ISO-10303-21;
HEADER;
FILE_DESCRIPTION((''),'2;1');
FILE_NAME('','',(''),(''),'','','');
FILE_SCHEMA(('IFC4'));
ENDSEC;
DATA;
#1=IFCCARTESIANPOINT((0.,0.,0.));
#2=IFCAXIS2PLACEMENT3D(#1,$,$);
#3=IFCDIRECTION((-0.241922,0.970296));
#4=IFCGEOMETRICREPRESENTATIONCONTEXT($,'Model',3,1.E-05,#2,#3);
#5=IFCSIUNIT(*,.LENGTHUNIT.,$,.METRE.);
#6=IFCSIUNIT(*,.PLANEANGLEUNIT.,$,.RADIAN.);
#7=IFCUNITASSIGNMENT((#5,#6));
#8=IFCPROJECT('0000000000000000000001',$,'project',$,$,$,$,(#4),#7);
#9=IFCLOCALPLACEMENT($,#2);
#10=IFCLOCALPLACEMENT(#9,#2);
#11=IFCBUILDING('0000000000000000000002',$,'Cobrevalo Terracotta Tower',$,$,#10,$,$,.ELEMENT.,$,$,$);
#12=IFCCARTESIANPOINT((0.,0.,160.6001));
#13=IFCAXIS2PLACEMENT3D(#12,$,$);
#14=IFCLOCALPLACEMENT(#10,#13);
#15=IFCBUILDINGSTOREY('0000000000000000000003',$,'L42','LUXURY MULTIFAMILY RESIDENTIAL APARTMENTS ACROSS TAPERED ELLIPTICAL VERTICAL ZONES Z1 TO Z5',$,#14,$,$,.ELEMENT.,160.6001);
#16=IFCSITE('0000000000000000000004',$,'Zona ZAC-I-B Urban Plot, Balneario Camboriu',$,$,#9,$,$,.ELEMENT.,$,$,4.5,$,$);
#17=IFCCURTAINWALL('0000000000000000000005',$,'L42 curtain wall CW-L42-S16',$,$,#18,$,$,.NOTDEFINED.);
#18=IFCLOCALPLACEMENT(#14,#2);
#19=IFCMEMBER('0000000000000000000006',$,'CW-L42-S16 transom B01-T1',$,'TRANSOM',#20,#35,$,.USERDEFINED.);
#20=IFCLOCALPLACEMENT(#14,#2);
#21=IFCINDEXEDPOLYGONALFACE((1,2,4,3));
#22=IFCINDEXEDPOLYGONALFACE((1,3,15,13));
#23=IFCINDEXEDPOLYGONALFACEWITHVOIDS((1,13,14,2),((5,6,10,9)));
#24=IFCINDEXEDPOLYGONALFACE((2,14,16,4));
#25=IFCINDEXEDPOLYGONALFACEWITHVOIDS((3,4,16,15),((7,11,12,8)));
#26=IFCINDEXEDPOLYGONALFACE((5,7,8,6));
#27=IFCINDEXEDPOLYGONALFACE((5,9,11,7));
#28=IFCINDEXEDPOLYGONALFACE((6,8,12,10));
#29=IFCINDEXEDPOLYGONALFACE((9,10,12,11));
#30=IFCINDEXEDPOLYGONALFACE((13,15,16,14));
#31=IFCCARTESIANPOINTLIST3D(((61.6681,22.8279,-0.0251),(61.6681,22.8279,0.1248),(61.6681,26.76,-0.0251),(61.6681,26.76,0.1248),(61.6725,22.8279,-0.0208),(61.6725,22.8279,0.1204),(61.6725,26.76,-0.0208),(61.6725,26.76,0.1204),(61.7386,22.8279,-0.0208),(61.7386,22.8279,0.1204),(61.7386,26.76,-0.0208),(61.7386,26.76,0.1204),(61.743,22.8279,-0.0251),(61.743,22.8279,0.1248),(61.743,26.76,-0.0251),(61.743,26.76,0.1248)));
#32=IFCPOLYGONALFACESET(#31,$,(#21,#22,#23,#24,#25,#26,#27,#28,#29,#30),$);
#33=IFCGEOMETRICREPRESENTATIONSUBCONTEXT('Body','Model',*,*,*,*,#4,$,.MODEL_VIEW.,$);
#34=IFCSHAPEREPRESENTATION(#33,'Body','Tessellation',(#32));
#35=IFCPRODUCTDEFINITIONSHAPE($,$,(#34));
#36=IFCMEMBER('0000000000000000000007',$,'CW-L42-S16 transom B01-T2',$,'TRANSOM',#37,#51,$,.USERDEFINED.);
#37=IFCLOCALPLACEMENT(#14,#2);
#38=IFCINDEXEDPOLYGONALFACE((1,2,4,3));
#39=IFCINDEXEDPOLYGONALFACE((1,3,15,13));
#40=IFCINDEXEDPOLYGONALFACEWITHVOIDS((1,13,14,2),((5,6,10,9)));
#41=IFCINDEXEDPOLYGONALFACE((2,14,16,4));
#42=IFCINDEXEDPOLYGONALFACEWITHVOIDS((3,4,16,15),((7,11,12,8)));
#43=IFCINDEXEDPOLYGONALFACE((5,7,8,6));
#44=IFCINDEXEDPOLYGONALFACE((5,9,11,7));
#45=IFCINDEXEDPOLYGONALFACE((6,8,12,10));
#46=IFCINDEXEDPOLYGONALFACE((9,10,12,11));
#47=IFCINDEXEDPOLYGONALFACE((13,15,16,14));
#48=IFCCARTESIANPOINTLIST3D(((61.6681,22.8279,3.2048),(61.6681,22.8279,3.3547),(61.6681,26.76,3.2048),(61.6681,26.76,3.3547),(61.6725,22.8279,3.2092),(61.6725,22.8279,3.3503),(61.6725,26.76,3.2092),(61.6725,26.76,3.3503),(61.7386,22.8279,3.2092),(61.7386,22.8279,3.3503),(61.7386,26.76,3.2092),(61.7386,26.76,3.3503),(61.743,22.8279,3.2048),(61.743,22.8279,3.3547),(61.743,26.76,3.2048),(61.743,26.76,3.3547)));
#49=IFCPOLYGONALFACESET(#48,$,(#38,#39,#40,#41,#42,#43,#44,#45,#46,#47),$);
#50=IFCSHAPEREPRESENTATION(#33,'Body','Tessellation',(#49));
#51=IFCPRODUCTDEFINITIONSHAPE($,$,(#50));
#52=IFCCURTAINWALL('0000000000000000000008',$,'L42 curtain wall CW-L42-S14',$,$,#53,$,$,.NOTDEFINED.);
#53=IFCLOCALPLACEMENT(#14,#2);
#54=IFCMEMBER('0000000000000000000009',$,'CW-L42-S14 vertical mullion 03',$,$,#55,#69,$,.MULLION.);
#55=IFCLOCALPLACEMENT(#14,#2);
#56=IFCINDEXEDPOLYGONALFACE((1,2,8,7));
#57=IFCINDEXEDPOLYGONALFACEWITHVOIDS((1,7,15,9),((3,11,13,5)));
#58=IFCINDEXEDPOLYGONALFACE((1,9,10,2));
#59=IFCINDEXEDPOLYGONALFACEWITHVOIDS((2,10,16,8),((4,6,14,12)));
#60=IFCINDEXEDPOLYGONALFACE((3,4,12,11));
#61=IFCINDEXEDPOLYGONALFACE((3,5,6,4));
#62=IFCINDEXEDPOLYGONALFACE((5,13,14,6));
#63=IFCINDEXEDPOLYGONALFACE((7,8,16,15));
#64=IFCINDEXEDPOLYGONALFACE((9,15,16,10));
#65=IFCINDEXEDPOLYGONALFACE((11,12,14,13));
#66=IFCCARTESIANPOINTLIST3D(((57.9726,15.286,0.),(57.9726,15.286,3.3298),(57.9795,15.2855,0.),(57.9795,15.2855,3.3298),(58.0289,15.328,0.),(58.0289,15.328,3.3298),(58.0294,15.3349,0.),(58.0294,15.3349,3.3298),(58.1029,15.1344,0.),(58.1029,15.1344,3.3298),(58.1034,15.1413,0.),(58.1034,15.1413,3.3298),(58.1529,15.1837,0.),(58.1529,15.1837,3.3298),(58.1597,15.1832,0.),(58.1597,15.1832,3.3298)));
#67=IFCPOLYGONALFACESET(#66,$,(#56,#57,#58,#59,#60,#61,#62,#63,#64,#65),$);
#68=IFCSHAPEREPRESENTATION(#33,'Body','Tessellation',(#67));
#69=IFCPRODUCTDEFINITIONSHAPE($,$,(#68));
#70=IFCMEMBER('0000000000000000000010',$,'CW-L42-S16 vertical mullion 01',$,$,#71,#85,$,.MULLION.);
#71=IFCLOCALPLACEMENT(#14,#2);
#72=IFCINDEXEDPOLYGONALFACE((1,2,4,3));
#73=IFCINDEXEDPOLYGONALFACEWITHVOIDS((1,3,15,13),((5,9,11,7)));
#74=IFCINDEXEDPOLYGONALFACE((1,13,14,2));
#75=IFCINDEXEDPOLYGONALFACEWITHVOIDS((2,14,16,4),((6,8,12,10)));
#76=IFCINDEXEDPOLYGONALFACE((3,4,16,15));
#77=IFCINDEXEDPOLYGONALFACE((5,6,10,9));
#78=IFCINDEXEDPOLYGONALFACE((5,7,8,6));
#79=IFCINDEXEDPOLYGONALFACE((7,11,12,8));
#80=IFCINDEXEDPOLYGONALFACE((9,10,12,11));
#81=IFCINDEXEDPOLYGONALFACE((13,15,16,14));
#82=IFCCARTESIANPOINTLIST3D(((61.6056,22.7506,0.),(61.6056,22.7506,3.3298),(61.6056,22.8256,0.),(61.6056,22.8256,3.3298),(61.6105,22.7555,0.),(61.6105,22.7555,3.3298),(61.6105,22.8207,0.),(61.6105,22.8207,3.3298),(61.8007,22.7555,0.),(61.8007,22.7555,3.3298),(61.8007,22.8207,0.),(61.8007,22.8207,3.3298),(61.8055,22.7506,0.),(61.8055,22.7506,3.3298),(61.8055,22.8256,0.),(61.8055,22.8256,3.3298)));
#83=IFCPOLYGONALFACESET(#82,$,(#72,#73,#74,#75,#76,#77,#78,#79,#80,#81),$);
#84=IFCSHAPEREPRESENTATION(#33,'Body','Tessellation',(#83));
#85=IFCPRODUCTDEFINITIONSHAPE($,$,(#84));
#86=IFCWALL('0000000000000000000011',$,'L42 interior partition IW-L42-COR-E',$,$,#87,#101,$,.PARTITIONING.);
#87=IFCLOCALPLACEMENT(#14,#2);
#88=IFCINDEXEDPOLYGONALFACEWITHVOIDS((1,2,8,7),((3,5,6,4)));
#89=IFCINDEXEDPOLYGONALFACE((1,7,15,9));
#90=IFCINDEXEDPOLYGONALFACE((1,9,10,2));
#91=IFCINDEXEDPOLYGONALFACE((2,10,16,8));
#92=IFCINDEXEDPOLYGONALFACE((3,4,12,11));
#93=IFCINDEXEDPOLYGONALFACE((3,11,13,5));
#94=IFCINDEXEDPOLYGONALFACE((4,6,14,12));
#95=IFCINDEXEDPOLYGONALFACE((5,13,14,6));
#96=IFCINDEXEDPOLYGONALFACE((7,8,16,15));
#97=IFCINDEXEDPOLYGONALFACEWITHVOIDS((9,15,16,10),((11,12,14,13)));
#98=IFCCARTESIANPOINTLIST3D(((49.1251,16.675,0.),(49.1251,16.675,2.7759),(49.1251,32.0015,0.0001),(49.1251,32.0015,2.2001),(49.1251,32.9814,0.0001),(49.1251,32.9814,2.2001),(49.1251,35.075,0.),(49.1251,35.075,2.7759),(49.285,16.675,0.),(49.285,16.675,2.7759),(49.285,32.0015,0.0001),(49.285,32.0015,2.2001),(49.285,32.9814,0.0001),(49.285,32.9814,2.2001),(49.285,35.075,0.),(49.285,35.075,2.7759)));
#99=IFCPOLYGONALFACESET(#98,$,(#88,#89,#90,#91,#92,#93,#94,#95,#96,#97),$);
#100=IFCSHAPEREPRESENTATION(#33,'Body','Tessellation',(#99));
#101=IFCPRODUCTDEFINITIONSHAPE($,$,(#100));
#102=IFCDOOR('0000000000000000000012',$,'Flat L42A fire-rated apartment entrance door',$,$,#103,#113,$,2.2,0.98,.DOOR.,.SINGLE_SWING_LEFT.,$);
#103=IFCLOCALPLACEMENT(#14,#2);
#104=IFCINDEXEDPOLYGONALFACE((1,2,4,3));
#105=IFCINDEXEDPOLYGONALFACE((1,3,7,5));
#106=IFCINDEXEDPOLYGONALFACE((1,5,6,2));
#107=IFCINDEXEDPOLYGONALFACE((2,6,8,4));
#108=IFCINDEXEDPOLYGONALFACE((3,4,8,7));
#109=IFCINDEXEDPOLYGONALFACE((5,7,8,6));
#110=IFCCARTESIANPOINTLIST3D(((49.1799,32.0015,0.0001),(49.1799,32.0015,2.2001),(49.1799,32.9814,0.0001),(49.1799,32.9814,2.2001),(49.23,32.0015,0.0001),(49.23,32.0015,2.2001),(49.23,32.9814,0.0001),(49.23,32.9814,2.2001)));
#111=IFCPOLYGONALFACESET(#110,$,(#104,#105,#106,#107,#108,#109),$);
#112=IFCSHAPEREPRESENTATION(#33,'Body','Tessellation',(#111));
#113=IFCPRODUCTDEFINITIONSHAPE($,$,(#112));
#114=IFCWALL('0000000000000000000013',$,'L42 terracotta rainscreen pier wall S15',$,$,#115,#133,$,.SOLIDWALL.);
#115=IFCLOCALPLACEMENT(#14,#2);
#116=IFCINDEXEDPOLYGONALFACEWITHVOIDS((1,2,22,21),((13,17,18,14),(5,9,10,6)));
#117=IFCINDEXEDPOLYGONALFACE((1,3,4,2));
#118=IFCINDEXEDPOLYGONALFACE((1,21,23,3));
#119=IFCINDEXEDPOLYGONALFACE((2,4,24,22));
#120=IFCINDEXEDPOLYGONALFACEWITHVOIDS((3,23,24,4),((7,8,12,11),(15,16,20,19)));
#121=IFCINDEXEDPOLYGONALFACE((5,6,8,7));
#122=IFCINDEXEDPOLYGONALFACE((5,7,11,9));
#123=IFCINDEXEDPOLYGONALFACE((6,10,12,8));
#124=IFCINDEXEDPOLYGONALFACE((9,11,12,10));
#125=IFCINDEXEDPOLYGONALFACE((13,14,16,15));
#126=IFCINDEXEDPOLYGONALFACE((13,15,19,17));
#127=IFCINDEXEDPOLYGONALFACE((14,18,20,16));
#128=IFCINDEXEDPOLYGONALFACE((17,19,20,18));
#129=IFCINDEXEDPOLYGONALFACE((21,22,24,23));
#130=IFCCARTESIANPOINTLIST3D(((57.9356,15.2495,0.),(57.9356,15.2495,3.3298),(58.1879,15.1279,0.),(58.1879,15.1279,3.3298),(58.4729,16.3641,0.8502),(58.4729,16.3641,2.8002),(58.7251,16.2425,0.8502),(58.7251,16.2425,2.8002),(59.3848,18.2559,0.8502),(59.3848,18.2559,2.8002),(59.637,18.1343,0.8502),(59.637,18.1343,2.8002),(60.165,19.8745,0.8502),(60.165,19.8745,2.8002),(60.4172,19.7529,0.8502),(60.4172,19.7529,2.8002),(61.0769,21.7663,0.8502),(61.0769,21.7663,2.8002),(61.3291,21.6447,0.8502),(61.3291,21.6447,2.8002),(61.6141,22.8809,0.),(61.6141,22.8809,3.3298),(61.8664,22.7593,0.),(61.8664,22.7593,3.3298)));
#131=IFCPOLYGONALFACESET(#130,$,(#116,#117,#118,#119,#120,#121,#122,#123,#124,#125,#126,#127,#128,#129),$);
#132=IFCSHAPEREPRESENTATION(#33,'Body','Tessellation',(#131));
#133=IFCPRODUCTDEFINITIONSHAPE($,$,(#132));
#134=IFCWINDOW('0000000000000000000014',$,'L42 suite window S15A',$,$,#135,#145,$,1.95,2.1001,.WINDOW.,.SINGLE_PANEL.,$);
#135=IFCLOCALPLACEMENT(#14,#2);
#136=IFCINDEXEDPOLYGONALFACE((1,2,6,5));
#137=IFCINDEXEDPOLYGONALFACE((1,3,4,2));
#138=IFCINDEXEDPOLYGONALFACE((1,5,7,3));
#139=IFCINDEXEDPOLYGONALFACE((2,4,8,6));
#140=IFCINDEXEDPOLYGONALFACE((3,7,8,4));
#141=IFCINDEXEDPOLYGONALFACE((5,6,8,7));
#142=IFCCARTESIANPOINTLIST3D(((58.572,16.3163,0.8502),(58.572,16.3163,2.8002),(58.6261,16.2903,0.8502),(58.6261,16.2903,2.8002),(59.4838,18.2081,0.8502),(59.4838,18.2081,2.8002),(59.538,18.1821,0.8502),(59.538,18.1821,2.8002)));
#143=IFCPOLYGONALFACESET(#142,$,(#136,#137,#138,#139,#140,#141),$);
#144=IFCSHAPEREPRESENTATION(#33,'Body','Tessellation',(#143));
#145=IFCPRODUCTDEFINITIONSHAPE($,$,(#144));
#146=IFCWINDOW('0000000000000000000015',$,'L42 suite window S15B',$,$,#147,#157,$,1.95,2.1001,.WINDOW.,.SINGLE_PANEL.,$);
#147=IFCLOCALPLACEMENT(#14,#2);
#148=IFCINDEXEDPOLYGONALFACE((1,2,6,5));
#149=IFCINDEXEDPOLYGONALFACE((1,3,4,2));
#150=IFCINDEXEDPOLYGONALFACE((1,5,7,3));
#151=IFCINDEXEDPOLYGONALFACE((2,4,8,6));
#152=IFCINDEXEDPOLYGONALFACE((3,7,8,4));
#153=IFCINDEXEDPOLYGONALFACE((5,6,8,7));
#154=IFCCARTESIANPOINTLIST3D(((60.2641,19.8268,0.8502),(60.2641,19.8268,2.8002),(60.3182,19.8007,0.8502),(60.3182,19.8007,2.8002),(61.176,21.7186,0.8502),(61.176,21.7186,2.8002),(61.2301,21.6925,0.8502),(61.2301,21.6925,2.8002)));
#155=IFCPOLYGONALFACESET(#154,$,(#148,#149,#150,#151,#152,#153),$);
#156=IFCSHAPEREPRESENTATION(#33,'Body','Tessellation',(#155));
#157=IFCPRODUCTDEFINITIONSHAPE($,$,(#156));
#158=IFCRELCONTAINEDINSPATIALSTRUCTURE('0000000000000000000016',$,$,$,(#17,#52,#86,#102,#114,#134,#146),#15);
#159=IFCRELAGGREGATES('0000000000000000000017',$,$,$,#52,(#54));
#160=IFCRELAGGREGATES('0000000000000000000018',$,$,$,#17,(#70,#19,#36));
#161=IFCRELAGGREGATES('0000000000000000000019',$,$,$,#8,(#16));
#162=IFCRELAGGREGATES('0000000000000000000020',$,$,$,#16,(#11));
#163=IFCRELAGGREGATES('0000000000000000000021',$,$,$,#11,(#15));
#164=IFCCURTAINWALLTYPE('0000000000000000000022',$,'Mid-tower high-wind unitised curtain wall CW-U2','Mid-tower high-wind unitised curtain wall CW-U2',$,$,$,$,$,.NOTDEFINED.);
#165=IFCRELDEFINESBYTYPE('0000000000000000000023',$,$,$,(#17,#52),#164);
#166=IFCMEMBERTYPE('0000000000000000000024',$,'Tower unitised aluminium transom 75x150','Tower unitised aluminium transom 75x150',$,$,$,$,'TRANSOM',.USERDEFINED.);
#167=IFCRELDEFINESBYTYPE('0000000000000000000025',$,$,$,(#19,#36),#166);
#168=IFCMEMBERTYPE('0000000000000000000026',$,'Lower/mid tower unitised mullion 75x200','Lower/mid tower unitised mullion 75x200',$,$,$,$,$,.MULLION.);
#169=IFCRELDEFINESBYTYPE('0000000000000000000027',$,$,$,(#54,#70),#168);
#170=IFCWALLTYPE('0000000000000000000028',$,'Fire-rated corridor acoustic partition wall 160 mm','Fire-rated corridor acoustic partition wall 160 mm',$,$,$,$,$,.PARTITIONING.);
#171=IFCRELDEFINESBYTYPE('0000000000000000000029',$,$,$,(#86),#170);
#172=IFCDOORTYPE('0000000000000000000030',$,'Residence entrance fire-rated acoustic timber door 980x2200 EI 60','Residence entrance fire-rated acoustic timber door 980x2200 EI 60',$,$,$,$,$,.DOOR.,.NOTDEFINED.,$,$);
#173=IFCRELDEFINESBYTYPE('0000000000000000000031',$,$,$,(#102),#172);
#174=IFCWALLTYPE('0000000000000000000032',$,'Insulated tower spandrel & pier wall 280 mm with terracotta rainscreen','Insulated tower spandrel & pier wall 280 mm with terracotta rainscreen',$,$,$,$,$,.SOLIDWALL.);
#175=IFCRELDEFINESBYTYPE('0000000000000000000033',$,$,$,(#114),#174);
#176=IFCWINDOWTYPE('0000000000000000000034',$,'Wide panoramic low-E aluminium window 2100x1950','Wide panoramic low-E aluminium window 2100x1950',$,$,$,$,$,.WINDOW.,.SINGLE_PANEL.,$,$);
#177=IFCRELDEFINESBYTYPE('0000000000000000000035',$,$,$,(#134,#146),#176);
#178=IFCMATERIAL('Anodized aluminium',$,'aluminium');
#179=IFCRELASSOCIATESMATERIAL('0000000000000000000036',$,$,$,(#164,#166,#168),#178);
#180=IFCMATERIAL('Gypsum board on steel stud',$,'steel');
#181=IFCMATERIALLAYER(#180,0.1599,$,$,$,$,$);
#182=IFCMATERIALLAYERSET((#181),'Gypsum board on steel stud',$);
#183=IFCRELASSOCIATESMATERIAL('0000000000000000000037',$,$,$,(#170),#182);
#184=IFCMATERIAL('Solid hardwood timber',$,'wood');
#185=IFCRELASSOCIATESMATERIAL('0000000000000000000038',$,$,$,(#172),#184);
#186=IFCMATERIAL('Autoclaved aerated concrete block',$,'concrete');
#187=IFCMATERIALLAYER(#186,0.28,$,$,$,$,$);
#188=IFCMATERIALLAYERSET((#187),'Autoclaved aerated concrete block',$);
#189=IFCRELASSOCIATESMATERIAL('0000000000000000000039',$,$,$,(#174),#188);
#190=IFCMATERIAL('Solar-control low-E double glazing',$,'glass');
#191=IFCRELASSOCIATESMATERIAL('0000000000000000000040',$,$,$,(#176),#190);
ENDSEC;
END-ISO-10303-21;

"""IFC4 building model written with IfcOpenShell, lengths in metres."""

from ifc_helpers import new_model, si_unit, direction, frame, frame_2d, origin, origin_2d, place, context, subcontext, project, spatial, rectangle, hollow_rectangle, extrude, source, transform, mapped, material, layer, layer_set, material_profile, profile_set, type_object, element, fill, aggregate, save


model = new_model("IFC4")

# Units and contexts
model_context = context("Model", 3, precision=1e-05, world=origin(), true_north=direction((-0.241922, 0.970296)))
body_context = subcontext(model_context, "Body", "Model", "MODEL_VIEW")
ifc_project = project(units=[si_unit("LENGTHUNIT", "METRE"), si_unit("PLANEANGLEUNIT", "RADIAN")], contexts=[model_context])

# Site, building, storey
site_placement = place(None, origin())
site = spatial("IfcSite", under=ifc_project, at=site_placement, Name="Zona ZAC-I-B Urban Plot, Balneario Camboriu", CompositionType="ELEMENT", RefElevation=4.5)
building_placement = place(site_placement, origin())
building = spatial("IfcBuilding", under=site, at=building_placement, Name="Cobrevalo Terracotta Tower", CompositionType="ELEMENT")
storey_placement = place(building_placement, frame((0.0, 0.0, 160.6001)))
storey = spatial("IfcBuildingStorey", under=building, at=storey_placement, Name="L42", Description="LUXURY MULTIFAMILY RESIDENTIAL APARTMENTS ACROSS TAPERED ELLIPTICAL VERTICAL ZONES Z1 TO Z5", CompositionType="ELEMENT", Elevation=160.6001)

# Curtain wall, members
ifc_material_1 = material(Name="Anodized aluminium", Category="aluminium")
curtain_wall_type = type_object("IfcCurtainWallType", Name="Mid-tower high-wind unitised curtain wall CW-U2", Description="Mid-tower high-wind unitised curtain wall CW-U2", PredefinedType="NOTDEFINED", material=ifc_material_1)
curtain_wall_1_placement = place(storey_placement, origin())
curtain_wall_1 = element("IfcCurtainWall", 1, at=curtain_wall_1_placement, inside=storey, type_object=curtain_wall_type, Name="L42 curtain wall CW-L42-S16", PredefinedType="NOTDEFINED")
ifc_material_profile_1 = material_profile(ifc_material_1, hollow_rectangle(XDim=0.075, YDim=0.1499, WallThickness=0.0044, at=origin_2d()), Name="CWT 75x150")
ifc_profile_set_1 = profile_set([ifc_material_profile_1], Name="Anodized aluminium")
member_type_1 = type_object("IfcMemberType", Name="Tower unitised aluminium transom 75x150", Description="Tower unitised aluminium transom 75x150", ElementType="TRANSOM", PredefinedType="USERDEFINED", material=ifc_profile_set_1)
shared_shape_1 = source(origin(), body_context, "Body", "SweptSolid", [
    extrude(hollow_rectangle(XDim=0.075, YDim=0.1499, WallThickness=0.0044, at=origin_2d()), origin(), (0.0, 0.0, 1.0), 3.9321),
])
member_1_placement = place(storey_placement, frame((61.7056, 22.8279, 0.0498), z_axis=(0.0, 1.0, 0.0), x_axis=(-1.0, 0.0, 0.0)))
member_1 = element("IfcMember", 2, at=member_1_placement, type_object=member_type_1, Name="CW-L42-S16 transom B01-T1", ObjectType="TRANSOM", PredefinedType="USERDEFINED", context=body_context, shape_type="MappedRepresentation", body=[
    mapped(shared_shape_1, transform((0.0, 0.0, 0.0), scale=1.0)),
])
member_2_placement = place(storey_placement, frame((61.7056, 22.8279, 3.2798), z_axis=(0.0, 1.0, 0.0), x_axis=(-1.0, 0.0, 0.0)))
member_2 = element("IfcMember", 3, at=member_2_placement, type_object=member_type_1, Name="CW-L42-S16 transom B01-T2", ObjectType="TRANSOM", PredefinedType="USERDEFINED", context=body_context, shape_type="MappedRepresentation", body=[
    mapped(shared_shape_1, transform((0.0, 0.0, 0.0), scale=1.0)),
])

# Curtain wall, member
curtain_wall_2_placement = place(storey_placement, origin())
curtain_wall_2 = element("IfcCurtainWall", 4, at=curtain_wall_2_placement, inside=storey, type_object=curtain_wall_type, Name="L42 curtain wall CW-L42-S14", PredefinedType="NOTDEFINED")
ifc_material_profile_2 = material_profile(ifc_material_1, hollow_rectangle(XDim=0.075, YDim=0.2, WallThickness=0.0049, at=origin_2d()), Name="CWM 75x200")
ifc_profile_set_2 = profile_set([ifc_material_profile_2], Name="Anodized aluminium")
member_type_2 = type_object("IfcMemberType", Name="Lower/mid tower unitised mullion 75x200", Description="Lower/mid tower unitised mullion 75x200", PredefinedType="MULLION", material=ifc_profile_set_2)
shared_shape_2 = source(origin(), body_context, "Body", "SweptSolid", [
    extrude(hollow_rectangle(XDim=0.075, YDim=0.2, WallThickness=0.0049, at=origin_2d()), origin(), (0.0, 0.0, 1.0), 3.3298),
])
member_3_placement = place(storey_placement, frame((58.0662, 15.2346, 0.0), z_axis=(0.0, 0.0, 1.0), x_axis=(0.758442, 0.651741, 0.0)))
member_3 = element("IfcMember", 5, at=member_3_placement, type_object=member_type_2, Name="CW-L42-S14 vertical mullion 03", PredefinedType="MULLION", context=body_context, shape_type="MappedRepresentation", body=[
    mapped(shared_shape_2, transform((0.0, 0.0, 0.0), scale=1.0)),
])
aggregate(curtain_wall_2, [member_3])

# Member
member_4_placement = place(storey_placement, frame((61.7056, 22.7881, 0.0), z_axis=(0.0, 0.0, 1.0), x_axis=(0.0, 1.0, 0.0)))
member_4 = element("IfcMember", 6, at=member_4_placement, type_object=member_type_2, Name="CW-L42-S16 vertical mullion 01", PredefinedType="MULLION", context=body_context, shape_type="MappedRepresentation", body=[
    mapped(shared_shape_2, transform((0.0, 0.0, 0.0), scale=1.0)),
])
aggregate(curtain_wall_1, [member_4, member_1, member_2])

# Wall, opening, door
ifc_material_2 = material(Name="Gypsum board on steel stud", Category="steel")
ifc_layer_1 = layer(ifc_material_2, 0.1599)
ifc_layer_set_1 = layer_set([ifc_layer_1], Name="Gypsum board on steel stud")
wall_type_1 = type_object("IfcWallType", Name="Fire-rated corridor acoustic partition wall 160 mm", Description="Fire-rated corridor acoustic partition wall 160 mm", PredefinedType="PARTITIONING", material=ifc_layer_set_1)
wall_1_placement = place(storey_placement, frame((49.2051, 16.675, 0.0), z_axis=(0.0, 0.0, 1.0), x_axis=(0.0, 1.0, 0.0)))
wall_1 = element("IfcWall", 7, at=wall_1_placement, inside=storey, type_object=wall_type_1, Name="L42 interior partition IW-L42-COR-E", PredefinedType="PARTITIONING", context=body_context, shape_type="SweptSolid", body=[
    extrude(rectangle(XDim=18.3999, YDim=0.1599, at=frame_2d((9.2, 0.0))), origin(), (0.0, 0.0, 1.0), 2.7759),
])
opening_1_placement = place(wall_1_placement, frame((15.3264, 0.0, 0.0)))
opening_1 = element("IfcOpeningElement", 8, at=opening_1_placement, cuts=wall_1, PredefinedType="OPENING", context=body_context, shape_type="SweptSolid", body=[
    extrude(rectangle(XDim=0.98, YDim=2.2, at=frame_2d((0.49, 1.1001))), frame((0.0, 0.0898, 0.0), z_axis=(0.0, -1.0, 0.0), x_axis=(1.0, 0.0, 0.0)), (0.0, 0.0, 1.0), 0.1799),
])
ifc_material_3 = material(Name="Solid hardwood timber", Category="wood")
door_type_1 = type_object("IfcDoorType", Name="Residence entrance fire-rated acoustic timber door 980x2200 EI 60", Description="Residence entrance fire-rated acoustic timber door 980x2200 EI 60", OperationType="NOTDEFINED", PredefinedType="DOOR", material=ifc_material_3)
shared_shape_3 = source(origin(), body_context, "Body", "SweptSolid", [
    extrude(rectangle(XDim=0.98, YDim=2.2, at=frame_2d((0.49, 1.1001))), frame((0.0, 0.0249, 0.0), z_axis=(0.0, -1.0, 0.0), x_axis=(1.0, 0.0, 0.0)), (0.0, 0.0, 1.0), 0.05),
])
door_1_placement = place(opening_1_placement, frame((0.98, 0.0, 0.0), z_axis=(0.0, 0.0, 1.0), x_axis=(-1.0, 0.0, 0.0)))
door_1 = element("IfcDoor", 9, at=door_1_placement, inside=storey, type_object=door_type_1, Name="Flat L42A fire-rated apartment entrance door", OperationType="SINGLE_SWING_LEFT", OverallHeight=2.2, OverallWidth=0.98, PredefinedType="DOOR", context=body_context, shape_type="MappedRepresentation", body=[
    mapped(shared_shape_3, transform((0.0, 0.0, 0.0), scale=1.0)),
])
fill(opening_1, door_1)

# Wall, openings, windows
ifc_material_4 = material(Name="Autoclaved aerated concrete block", Category="concrete")
ifc_layer_2 = layer(ifc_material_4, 0.28)
ifc_layer_set_2 = layer_set([ifc_layer_2], Name="Autoclaved aerated concrete block")
wall_type_2 = type_object("IfcWallType", Name="Insulated tower spandrel & pier wall 280 mm with terracotta rainscreen", Description="Insulated tower spandrel & pier wall 280 mm with terracotta rainscreen", PredefinedType="SOLIDWALL", material=ifc_layer_set_2)
wall_2_placement = place(storey_placement, frame((58.0618, 15.1887, 0.0), z_axis=(0.0, 0.0, 1.0), x_axis=(0.43421, 0.900812, 0.0)))
wall_2 = element("IfcWall", 10, at=wall_2_placement, inside=storey, type_object=wall_type_2, Name="L42 terracotta rainscreen pier wall S15", PredefinedType="SOLIDWALL", context=body_context, shape_type="SweptSolid", body=[
    extrude(rectangle(XDim=8.4717, YDim=0.28, at=frame_2d((4.2358, 0.0))), origin(), (0.0, 0.0, 1.0), 3.3298),
])
opening_2_placement = place(wall_2_placement, frame((1.2373, 0.0, 0.8501)))
opening_2 = element("IfcOpeningElement", 11, at=opening_2_placement, cuts=wall_2, PredefinedType="OPENING", context=body_context, shape_type="SweptSolid", body=[
    extrude(rectangle(XDim=2.1001, YDim=1.95, at=frame_2d((1.05, 0.9751))), frame((0.0, 0.1499, 0.0), z_axis=(0.0, -1.0, 0.0), x_axis=(1.0, 0.0, 0.0)), (0.0, 0.0, 1.0), 0.3),
])
opening_3_placement = place(wall_2_placement, frame((5.1343, 0.0, 0.8501)))
opening_3 = element("IfcOpeningElement", 12, at=opening_3_placement, cuts=wall_2, PredefinedType="OPENING", context=body_context, shape_type="SweptSolid", body=[
    extrude(rectangle(XDim=2.1001, YDim=1.95, at=frame_2d((1.05, 0.9751))), frame((0.0, 0.1499, 0.0), z_axis=(0.0, -1.0, 0.0), x_axis=(1.0, 0.0, 0.0)), (0.0, 0.0, 1.0), 0.3),
])
ifc_material_5 = material(Name="Solar-control low-E double glazing", Category="glass")
window_type = type_object("IfcWindowType", Name="Wide panoramic low-E aluminium window 2100x1950", Description="Wide panoramic low-E aluminium window 2100x1950", PartitioningType="SINGLE_PANEL", PredefinedType="WINDOW", material=ifc_material_5)
shared_shape_4 = source(origin(), body_context, "Body", "SweptSolid", [
    extrude(rectangle(XDim=2.1001, YDim=1.95, at=frame_2d((1.05, 0.9751))), frame((0.0, 0.03, 0.0), z_axis=(0.0, -1.0, 0.0), x_axis=(1.0, 0.0, 0.0)), (0.0, 0.0, 1.0), 0.0601),
])
window_1_placement = place(opening_2_placement, origin())
window_1 = element("IfcWindow", 13, at=window_1_placement, inside=storey, type_object=window_type, Name="L42 suite window S15A", OverallHeight=1.95, OverallWidth=2.1001, PartitioningType="SINGLE_PANEL", PredefinedType="WINDOW", context=body_context, shape_type="MappedRepresentation", body=[
    mapped(shared_shape_4, transform((0.0, 0.0, 0.0), scale=1.0)),
])
fill(opening_2, window_1)
window_2_placement = place(opening_3_placement, origin())
window_2 = element("IfcWindow", 14, at=window_2_placement, inside=storey, type_object=window_type, Name="L42 suite window S15B", OverallHeight=1.95, OverallWidth=2.1001, PartitioningType="SINGLE_PANEL", PredefinedType="WINDOW", context=body_context, shape_type="MappedRepresentation", body=[
    mapped(shared_shape_4, transform((0.0, 0.0, 0.0), scale=1.0)),
])
fill(opening_3, window_2)

save(model, "model.ifc")
